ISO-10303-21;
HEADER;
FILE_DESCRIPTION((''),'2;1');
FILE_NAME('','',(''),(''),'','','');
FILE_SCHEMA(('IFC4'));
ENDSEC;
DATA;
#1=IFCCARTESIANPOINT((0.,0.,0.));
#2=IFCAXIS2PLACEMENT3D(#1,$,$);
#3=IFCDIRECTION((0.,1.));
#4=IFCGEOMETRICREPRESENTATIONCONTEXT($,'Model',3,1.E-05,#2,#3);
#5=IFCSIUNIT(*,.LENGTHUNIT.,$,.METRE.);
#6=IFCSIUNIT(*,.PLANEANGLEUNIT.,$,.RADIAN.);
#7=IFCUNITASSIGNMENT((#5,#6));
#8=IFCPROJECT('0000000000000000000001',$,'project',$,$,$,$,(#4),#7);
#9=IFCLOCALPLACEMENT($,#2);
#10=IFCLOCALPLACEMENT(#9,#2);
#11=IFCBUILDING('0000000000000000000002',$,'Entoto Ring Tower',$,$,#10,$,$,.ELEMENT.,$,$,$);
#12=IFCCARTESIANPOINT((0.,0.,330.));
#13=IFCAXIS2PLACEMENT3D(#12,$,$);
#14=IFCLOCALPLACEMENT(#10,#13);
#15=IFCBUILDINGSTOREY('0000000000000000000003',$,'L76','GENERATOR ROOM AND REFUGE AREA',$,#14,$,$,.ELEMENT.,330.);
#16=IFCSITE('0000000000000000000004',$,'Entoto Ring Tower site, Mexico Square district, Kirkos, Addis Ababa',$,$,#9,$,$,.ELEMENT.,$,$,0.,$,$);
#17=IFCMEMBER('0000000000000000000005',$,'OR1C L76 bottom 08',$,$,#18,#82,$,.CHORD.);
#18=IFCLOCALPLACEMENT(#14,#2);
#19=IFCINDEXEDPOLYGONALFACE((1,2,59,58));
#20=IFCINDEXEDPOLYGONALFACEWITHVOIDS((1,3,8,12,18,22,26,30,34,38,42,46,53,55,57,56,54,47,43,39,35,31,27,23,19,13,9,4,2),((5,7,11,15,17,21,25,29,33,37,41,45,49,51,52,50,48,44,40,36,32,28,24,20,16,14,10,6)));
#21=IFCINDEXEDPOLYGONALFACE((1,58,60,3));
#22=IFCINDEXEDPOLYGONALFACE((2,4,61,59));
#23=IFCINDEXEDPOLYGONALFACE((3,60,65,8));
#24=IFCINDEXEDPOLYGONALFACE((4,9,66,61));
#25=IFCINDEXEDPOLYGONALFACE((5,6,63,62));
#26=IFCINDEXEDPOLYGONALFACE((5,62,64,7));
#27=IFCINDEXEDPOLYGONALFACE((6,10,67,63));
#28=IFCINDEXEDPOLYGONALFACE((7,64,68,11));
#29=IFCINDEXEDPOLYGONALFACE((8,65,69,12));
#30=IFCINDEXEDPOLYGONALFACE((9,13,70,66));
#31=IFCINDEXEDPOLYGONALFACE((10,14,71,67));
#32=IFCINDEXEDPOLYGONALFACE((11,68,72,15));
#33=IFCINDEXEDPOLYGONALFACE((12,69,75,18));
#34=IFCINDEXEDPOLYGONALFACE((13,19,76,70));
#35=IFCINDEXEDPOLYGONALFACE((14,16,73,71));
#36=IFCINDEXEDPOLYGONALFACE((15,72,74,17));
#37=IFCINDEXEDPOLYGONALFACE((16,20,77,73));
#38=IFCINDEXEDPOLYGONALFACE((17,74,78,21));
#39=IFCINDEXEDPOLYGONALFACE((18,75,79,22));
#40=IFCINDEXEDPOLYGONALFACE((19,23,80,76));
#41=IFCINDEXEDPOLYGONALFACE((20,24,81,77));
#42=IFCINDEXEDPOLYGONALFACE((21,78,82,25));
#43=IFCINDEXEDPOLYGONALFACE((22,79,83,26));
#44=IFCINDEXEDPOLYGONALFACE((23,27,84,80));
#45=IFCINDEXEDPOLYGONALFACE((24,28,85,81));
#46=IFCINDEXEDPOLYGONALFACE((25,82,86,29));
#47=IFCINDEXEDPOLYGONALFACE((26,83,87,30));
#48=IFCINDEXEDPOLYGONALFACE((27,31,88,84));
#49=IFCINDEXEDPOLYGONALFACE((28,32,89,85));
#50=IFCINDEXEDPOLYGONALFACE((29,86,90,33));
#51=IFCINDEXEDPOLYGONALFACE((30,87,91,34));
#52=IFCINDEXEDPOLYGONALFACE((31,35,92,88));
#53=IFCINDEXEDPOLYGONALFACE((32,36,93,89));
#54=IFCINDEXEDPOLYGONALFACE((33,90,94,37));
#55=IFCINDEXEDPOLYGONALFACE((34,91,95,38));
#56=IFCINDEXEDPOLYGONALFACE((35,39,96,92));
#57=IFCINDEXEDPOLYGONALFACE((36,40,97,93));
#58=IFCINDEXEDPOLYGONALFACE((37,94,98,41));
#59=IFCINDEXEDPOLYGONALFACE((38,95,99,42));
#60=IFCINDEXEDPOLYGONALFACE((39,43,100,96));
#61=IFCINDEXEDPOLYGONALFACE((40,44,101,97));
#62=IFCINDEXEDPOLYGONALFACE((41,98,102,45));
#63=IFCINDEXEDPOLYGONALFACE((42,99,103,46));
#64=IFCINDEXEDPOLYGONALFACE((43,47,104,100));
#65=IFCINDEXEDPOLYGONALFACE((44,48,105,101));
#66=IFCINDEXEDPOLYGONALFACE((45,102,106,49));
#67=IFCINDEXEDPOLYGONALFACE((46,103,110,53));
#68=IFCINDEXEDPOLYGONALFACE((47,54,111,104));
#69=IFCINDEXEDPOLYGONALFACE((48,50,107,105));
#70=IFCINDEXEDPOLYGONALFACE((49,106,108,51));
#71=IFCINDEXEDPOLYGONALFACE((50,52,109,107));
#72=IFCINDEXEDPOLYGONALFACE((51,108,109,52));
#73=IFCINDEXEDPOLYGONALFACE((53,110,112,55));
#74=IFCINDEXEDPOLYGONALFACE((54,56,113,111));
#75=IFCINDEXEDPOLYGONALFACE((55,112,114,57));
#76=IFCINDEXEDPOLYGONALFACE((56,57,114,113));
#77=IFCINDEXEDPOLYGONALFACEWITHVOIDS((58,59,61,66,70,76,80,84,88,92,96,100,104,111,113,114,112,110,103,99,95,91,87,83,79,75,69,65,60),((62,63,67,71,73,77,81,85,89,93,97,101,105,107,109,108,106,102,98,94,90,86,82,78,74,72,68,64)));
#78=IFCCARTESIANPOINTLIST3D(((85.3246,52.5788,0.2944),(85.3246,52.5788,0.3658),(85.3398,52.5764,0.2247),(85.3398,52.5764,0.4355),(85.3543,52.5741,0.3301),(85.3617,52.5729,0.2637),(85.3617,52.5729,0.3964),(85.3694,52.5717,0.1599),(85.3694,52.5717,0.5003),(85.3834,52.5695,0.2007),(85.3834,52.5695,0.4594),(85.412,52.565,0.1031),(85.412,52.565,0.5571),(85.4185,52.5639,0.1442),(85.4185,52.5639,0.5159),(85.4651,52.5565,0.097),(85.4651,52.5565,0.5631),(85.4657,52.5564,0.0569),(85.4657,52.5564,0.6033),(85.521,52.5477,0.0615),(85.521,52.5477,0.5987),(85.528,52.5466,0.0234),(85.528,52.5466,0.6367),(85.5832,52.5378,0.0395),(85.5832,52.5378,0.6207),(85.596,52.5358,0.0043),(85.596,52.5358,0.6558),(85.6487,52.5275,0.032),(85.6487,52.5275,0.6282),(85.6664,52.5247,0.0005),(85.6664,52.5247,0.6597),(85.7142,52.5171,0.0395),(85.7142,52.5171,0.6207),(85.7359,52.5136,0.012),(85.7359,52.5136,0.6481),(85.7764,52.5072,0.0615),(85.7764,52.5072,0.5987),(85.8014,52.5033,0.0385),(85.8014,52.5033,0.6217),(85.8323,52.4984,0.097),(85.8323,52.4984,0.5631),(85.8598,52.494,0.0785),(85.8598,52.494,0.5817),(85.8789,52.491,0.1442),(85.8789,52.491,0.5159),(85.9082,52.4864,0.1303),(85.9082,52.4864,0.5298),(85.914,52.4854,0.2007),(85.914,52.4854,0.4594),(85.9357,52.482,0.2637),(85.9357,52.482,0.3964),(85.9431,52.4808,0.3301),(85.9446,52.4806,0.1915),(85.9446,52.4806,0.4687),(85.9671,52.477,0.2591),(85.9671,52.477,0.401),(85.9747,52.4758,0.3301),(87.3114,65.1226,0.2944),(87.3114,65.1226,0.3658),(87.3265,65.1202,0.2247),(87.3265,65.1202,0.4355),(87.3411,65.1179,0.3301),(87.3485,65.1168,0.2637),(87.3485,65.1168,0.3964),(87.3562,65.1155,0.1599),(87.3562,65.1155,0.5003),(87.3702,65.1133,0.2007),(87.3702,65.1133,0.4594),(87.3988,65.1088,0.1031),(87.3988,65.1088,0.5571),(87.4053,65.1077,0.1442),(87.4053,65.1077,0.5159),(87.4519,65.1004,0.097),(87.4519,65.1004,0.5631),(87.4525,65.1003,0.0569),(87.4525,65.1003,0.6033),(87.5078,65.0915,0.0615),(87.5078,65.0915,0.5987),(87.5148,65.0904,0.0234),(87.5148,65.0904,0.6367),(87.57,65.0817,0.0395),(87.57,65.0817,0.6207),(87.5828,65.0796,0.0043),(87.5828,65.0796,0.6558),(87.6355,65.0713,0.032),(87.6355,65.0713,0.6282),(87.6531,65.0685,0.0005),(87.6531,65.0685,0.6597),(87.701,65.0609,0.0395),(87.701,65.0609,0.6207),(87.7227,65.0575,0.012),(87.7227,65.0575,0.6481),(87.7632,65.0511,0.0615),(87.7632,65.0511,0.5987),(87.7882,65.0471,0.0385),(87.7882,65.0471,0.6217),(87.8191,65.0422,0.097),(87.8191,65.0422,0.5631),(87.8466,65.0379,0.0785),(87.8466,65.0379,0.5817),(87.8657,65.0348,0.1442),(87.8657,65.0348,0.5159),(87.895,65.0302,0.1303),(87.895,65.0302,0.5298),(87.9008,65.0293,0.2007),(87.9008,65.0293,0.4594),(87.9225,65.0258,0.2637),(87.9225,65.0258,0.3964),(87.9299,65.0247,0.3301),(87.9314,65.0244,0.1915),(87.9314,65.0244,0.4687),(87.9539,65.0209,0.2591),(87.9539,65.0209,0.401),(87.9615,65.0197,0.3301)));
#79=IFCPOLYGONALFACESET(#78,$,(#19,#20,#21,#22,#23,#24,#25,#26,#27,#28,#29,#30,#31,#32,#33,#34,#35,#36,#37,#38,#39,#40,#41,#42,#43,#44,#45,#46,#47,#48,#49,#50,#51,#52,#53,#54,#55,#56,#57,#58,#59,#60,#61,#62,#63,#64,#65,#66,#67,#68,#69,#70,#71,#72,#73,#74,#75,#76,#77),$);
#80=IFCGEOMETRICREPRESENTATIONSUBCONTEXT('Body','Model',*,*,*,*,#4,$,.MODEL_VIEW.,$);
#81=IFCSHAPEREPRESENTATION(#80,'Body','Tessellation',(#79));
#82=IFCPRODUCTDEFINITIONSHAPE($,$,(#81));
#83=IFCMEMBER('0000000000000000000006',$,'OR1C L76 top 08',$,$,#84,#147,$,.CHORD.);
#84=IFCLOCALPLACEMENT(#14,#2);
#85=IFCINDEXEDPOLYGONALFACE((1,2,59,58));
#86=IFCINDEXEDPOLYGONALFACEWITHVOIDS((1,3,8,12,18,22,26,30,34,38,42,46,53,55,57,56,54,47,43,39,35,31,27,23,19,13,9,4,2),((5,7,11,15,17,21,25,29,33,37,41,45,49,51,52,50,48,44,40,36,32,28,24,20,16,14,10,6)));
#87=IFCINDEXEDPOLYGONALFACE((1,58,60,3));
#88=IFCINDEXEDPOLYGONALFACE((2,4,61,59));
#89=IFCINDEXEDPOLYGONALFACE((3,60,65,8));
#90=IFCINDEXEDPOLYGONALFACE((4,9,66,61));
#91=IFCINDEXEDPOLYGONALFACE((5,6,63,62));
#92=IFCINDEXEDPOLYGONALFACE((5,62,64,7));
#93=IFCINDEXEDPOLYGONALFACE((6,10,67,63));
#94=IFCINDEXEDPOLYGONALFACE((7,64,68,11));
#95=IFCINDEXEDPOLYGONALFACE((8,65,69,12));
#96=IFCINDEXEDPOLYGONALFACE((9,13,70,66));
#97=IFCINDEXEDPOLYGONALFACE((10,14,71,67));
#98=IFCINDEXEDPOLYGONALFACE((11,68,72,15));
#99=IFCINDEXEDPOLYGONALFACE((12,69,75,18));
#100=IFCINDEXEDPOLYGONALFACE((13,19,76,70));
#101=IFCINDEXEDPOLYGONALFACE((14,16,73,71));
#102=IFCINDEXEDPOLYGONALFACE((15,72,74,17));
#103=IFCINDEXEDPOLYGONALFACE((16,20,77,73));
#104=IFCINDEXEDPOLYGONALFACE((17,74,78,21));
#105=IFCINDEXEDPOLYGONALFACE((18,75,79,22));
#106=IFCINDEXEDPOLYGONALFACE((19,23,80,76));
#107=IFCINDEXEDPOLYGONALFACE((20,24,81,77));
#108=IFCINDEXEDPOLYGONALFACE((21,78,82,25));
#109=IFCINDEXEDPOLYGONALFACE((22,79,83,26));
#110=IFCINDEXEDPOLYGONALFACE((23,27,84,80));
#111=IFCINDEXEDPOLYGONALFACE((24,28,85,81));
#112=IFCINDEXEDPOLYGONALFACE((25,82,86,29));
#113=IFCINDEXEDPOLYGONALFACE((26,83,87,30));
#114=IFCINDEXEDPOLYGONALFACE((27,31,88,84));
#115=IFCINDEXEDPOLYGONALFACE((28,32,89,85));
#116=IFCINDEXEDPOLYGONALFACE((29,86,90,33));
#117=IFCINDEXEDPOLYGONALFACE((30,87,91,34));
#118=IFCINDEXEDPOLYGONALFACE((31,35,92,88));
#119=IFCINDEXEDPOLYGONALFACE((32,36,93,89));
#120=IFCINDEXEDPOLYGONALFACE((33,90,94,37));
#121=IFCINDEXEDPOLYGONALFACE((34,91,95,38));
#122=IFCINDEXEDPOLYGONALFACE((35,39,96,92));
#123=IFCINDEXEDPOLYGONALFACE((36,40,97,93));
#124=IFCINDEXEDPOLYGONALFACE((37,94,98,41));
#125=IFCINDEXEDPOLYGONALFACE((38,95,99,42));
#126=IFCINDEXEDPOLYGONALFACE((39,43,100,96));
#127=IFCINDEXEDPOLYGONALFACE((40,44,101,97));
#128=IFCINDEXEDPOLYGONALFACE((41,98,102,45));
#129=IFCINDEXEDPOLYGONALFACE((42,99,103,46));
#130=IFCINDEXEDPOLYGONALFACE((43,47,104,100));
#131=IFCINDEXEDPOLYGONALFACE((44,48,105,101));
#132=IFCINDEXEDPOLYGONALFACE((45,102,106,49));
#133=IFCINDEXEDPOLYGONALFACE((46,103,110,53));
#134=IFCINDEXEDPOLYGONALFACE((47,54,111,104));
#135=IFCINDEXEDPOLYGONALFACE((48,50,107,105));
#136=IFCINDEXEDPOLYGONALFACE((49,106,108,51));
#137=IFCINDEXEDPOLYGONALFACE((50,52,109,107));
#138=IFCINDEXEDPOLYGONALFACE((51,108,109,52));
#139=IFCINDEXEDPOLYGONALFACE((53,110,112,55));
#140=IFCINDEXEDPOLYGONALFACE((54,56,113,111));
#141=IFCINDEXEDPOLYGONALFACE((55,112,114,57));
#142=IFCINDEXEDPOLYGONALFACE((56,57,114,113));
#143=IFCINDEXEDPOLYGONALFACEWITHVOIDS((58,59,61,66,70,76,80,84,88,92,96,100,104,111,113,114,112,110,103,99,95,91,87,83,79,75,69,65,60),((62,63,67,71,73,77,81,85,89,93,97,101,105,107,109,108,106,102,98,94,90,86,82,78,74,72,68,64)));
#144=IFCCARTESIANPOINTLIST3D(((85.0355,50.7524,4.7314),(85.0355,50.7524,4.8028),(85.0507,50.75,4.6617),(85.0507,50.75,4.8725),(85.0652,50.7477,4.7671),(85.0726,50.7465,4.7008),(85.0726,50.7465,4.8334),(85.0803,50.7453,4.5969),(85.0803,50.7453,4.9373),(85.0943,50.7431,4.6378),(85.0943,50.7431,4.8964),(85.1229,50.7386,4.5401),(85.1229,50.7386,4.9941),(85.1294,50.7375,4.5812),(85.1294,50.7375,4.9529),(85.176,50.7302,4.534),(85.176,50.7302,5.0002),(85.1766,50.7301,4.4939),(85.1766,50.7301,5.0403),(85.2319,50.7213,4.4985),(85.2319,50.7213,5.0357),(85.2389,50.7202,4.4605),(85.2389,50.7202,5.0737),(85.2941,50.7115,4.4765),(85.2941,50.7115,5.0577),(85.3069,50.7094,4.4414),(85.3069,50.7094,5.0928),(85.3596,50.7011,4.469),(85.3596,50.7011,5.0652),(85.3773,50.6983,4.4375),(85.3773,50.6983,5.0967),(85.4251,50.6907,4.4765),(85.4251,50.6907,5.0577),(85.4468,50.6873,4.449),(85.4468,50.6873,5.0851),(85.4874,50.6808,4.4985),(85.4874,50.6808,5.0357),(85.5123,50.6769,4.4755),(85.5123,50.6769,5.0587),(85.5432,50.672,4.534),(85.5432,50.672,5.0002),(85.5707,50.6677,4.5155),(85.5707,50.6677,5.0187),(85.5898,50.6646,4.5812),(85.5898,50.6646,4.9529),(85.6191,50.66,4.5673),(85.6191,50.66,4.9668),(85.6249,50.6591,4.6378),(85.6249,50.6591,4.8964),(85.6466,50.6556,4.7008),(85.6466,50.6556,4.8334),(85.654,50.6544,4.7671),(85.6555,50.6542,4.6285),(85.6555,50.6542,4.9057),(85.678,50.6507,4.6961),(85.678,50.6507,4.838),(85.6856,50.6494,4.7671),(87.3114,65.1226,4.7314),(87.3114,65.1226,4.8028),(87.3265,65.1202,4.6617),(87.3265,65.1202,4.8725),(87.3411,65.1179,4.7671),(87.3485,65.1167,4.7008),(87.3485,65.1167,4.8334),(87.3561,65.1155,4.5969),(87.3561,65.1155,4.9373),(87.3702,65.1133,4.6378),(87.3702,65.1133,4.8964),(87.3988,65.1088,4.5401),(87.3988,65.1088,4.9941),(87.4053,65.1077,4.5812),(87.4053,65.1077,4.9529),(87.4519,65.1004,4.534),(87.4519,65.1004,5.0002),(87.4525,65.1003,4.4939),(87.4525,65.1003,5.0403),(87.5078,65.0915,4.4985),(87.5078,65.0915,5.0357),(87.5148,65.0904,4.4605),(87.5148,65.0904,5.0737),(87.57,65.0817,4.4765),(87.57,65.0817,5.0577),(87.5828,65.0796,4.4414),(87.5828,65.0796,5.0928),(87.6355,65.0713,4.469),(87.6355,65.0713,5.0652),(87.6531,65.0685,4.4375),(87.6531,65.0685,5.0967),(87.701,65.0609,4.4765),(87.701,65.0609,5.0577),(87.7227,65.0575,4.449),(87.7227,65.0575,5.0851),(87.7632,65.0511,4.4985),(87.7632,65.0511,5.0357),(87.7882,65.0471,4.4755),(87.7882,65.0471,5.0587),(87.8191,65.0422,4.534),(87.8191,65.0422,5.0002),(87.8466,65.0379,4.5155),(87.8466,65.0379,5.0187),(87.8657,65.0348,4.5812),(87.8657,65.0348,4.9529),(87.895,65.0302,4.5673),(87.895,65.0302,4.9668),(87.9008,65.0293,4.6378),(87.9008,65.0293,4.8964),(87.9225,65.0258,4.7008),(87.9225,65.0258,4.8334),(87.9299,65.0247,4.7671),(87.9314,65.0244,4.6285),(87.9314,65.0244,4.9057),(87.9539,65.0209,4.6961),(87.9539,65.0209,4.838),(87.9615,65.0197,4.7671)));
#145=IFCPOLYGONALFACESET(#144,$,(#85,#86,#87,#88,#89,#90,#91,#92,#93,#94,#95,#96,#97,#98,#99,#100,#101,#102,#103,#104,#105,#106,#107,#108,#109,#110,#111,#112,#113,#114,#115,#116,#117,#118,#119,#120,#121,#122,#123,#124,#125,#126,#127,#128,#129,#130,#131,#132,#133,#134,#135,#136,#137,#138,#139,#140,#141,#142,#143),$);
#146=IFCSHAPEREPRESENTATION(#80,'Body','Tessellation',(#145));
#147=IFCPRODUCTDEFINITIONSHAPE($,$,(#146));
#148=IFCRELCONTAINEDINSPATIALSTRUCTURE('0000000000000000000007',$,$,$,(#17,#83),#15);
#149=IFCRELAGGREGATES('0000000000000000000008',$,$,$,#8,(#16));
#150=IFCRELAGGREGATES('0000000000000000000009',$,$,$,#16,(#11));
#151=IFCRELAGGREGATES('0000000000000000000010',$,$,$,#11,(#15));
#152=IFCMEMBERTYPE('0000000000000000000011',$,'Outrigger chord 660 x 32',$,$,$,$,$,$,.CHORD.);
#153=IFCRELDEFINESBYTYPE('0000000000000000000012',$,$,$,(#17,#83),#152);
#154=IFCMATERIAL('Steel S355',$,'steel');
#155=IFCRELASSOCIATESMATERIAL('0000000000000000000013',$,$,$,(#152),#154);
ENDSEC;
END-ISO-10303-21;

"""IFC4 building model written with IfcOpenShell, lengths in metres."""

from ifc_helpers import new_model, si_unit, direction, frame, origin, origin_2d, place, context, subcontext, project, spatial, circle, hollow_circle, extrude, material, material_profile, profile_set, type_object, element, save


model = new_model("IFC4")

# Units and contexts
model_context = context("Model", 3, precision=1e-05, world=origin(), true_north=direction((0.0, 1.0)))
body_context = subcontext(model_context, "Body", "Model", "MODEL_VIEW")
ifc_project = project(units=[si_unit("LENGTHUNIT", "METRE"), si_unit("PLANEANGLEUNIT", "RADIAN")], contexts=[model_context])

# Site, building, storey
site_placement = place(None, origin())
site = spatial("IfcSite", under=ifc_project, at=site_placement, Name="Entoto Ring Tower site, Mexico Square district, Kirkos, Addis Ababa", CompositionType="ELEMENT", RefElevation=0.0)
building_placement = place(site_placement, origin())
building = spatial("IfcBuilding", under=site, at=building_placement, Name="Entoto Ring Tower", CompositionType="ELEMENT")
storey_placement = place(building_placement, frame((0.0, 0.0, 330.0)))
storey = spatial("IfcBuildingStorey", under=building, at=storey_placement, Name="L76", Description="GENERATOR ROOM AND REFUGE AREA", CompositionType="ELEMENT", Elevation=330.0)

# Members
ifc_material_1 = material(Name="Steel S355", Category="steel")
ifc_material_profile_1 = material_profile(ifc_material_1, hollow_circle(Radius=0.3301, WallThickness=0.032, at=origin_2d()), Name="CHS 660 x 32")
ifc_material_2 = material(Name="Concrete C60/75", Category="concrete")
ifc_material_profile_2 = material_profile(ifc_material_2, circle(Radius=0.2981, at=origin_2d()), Name="Concrete C60/75 infill")
ifc_profile_set_1 = profile_set([ifc_material_profile_1, ifc_material_profile_2], Name="Steel S355")
member_type_1 = type_object("IfcMemberType", Name="Outrigger chord 660 x 32", PredefinedType="CHORD", material=ifc_profile_set_1)
member_1_placement = place(storey_placement, frame((87.6355, 65.0713, 0.3301), z_axis=(-0.156438, -0.987688, 0.0), x_axis=(0.987688, -0.156438, 0.0)))
element("IfcMember", 1, at=member_1_placement, inside=storey, type_object=member_type_1, Name="OR1C L76 bottom 08", PredefinedType="CHORD", context=body_context, shape_type="SweptSolid", body=[
    extrude(hollow_circle(Radius=0.3301, WallThickness=0.032, at=origin_2d()), origin(), (0.0, 0.0, 1.0), 12.7002),
])
member_2_placement = place(storey_placement, frame((87.6355, 65.0713, 4.7671), z_axis=(-0.156426, -0.98769, 0.0), x_axis=(0.98769, -0.156426, 0.0)))
element("IfcMember", 2, at=member_2_placement, inside=storey, type_object=member_type_1, Name="OR1C L76 top 08", PredefinedType="CHORD", context=body_context, shape_type="SweptSolid", body=[
    extrude(hollow_circle(Radius=0.3301, WallThickness=0.032, at=origin_2d()), origin(), (0.0, 0.0, 1.0), 14.5493),
])

save(model, "model.ifc")
